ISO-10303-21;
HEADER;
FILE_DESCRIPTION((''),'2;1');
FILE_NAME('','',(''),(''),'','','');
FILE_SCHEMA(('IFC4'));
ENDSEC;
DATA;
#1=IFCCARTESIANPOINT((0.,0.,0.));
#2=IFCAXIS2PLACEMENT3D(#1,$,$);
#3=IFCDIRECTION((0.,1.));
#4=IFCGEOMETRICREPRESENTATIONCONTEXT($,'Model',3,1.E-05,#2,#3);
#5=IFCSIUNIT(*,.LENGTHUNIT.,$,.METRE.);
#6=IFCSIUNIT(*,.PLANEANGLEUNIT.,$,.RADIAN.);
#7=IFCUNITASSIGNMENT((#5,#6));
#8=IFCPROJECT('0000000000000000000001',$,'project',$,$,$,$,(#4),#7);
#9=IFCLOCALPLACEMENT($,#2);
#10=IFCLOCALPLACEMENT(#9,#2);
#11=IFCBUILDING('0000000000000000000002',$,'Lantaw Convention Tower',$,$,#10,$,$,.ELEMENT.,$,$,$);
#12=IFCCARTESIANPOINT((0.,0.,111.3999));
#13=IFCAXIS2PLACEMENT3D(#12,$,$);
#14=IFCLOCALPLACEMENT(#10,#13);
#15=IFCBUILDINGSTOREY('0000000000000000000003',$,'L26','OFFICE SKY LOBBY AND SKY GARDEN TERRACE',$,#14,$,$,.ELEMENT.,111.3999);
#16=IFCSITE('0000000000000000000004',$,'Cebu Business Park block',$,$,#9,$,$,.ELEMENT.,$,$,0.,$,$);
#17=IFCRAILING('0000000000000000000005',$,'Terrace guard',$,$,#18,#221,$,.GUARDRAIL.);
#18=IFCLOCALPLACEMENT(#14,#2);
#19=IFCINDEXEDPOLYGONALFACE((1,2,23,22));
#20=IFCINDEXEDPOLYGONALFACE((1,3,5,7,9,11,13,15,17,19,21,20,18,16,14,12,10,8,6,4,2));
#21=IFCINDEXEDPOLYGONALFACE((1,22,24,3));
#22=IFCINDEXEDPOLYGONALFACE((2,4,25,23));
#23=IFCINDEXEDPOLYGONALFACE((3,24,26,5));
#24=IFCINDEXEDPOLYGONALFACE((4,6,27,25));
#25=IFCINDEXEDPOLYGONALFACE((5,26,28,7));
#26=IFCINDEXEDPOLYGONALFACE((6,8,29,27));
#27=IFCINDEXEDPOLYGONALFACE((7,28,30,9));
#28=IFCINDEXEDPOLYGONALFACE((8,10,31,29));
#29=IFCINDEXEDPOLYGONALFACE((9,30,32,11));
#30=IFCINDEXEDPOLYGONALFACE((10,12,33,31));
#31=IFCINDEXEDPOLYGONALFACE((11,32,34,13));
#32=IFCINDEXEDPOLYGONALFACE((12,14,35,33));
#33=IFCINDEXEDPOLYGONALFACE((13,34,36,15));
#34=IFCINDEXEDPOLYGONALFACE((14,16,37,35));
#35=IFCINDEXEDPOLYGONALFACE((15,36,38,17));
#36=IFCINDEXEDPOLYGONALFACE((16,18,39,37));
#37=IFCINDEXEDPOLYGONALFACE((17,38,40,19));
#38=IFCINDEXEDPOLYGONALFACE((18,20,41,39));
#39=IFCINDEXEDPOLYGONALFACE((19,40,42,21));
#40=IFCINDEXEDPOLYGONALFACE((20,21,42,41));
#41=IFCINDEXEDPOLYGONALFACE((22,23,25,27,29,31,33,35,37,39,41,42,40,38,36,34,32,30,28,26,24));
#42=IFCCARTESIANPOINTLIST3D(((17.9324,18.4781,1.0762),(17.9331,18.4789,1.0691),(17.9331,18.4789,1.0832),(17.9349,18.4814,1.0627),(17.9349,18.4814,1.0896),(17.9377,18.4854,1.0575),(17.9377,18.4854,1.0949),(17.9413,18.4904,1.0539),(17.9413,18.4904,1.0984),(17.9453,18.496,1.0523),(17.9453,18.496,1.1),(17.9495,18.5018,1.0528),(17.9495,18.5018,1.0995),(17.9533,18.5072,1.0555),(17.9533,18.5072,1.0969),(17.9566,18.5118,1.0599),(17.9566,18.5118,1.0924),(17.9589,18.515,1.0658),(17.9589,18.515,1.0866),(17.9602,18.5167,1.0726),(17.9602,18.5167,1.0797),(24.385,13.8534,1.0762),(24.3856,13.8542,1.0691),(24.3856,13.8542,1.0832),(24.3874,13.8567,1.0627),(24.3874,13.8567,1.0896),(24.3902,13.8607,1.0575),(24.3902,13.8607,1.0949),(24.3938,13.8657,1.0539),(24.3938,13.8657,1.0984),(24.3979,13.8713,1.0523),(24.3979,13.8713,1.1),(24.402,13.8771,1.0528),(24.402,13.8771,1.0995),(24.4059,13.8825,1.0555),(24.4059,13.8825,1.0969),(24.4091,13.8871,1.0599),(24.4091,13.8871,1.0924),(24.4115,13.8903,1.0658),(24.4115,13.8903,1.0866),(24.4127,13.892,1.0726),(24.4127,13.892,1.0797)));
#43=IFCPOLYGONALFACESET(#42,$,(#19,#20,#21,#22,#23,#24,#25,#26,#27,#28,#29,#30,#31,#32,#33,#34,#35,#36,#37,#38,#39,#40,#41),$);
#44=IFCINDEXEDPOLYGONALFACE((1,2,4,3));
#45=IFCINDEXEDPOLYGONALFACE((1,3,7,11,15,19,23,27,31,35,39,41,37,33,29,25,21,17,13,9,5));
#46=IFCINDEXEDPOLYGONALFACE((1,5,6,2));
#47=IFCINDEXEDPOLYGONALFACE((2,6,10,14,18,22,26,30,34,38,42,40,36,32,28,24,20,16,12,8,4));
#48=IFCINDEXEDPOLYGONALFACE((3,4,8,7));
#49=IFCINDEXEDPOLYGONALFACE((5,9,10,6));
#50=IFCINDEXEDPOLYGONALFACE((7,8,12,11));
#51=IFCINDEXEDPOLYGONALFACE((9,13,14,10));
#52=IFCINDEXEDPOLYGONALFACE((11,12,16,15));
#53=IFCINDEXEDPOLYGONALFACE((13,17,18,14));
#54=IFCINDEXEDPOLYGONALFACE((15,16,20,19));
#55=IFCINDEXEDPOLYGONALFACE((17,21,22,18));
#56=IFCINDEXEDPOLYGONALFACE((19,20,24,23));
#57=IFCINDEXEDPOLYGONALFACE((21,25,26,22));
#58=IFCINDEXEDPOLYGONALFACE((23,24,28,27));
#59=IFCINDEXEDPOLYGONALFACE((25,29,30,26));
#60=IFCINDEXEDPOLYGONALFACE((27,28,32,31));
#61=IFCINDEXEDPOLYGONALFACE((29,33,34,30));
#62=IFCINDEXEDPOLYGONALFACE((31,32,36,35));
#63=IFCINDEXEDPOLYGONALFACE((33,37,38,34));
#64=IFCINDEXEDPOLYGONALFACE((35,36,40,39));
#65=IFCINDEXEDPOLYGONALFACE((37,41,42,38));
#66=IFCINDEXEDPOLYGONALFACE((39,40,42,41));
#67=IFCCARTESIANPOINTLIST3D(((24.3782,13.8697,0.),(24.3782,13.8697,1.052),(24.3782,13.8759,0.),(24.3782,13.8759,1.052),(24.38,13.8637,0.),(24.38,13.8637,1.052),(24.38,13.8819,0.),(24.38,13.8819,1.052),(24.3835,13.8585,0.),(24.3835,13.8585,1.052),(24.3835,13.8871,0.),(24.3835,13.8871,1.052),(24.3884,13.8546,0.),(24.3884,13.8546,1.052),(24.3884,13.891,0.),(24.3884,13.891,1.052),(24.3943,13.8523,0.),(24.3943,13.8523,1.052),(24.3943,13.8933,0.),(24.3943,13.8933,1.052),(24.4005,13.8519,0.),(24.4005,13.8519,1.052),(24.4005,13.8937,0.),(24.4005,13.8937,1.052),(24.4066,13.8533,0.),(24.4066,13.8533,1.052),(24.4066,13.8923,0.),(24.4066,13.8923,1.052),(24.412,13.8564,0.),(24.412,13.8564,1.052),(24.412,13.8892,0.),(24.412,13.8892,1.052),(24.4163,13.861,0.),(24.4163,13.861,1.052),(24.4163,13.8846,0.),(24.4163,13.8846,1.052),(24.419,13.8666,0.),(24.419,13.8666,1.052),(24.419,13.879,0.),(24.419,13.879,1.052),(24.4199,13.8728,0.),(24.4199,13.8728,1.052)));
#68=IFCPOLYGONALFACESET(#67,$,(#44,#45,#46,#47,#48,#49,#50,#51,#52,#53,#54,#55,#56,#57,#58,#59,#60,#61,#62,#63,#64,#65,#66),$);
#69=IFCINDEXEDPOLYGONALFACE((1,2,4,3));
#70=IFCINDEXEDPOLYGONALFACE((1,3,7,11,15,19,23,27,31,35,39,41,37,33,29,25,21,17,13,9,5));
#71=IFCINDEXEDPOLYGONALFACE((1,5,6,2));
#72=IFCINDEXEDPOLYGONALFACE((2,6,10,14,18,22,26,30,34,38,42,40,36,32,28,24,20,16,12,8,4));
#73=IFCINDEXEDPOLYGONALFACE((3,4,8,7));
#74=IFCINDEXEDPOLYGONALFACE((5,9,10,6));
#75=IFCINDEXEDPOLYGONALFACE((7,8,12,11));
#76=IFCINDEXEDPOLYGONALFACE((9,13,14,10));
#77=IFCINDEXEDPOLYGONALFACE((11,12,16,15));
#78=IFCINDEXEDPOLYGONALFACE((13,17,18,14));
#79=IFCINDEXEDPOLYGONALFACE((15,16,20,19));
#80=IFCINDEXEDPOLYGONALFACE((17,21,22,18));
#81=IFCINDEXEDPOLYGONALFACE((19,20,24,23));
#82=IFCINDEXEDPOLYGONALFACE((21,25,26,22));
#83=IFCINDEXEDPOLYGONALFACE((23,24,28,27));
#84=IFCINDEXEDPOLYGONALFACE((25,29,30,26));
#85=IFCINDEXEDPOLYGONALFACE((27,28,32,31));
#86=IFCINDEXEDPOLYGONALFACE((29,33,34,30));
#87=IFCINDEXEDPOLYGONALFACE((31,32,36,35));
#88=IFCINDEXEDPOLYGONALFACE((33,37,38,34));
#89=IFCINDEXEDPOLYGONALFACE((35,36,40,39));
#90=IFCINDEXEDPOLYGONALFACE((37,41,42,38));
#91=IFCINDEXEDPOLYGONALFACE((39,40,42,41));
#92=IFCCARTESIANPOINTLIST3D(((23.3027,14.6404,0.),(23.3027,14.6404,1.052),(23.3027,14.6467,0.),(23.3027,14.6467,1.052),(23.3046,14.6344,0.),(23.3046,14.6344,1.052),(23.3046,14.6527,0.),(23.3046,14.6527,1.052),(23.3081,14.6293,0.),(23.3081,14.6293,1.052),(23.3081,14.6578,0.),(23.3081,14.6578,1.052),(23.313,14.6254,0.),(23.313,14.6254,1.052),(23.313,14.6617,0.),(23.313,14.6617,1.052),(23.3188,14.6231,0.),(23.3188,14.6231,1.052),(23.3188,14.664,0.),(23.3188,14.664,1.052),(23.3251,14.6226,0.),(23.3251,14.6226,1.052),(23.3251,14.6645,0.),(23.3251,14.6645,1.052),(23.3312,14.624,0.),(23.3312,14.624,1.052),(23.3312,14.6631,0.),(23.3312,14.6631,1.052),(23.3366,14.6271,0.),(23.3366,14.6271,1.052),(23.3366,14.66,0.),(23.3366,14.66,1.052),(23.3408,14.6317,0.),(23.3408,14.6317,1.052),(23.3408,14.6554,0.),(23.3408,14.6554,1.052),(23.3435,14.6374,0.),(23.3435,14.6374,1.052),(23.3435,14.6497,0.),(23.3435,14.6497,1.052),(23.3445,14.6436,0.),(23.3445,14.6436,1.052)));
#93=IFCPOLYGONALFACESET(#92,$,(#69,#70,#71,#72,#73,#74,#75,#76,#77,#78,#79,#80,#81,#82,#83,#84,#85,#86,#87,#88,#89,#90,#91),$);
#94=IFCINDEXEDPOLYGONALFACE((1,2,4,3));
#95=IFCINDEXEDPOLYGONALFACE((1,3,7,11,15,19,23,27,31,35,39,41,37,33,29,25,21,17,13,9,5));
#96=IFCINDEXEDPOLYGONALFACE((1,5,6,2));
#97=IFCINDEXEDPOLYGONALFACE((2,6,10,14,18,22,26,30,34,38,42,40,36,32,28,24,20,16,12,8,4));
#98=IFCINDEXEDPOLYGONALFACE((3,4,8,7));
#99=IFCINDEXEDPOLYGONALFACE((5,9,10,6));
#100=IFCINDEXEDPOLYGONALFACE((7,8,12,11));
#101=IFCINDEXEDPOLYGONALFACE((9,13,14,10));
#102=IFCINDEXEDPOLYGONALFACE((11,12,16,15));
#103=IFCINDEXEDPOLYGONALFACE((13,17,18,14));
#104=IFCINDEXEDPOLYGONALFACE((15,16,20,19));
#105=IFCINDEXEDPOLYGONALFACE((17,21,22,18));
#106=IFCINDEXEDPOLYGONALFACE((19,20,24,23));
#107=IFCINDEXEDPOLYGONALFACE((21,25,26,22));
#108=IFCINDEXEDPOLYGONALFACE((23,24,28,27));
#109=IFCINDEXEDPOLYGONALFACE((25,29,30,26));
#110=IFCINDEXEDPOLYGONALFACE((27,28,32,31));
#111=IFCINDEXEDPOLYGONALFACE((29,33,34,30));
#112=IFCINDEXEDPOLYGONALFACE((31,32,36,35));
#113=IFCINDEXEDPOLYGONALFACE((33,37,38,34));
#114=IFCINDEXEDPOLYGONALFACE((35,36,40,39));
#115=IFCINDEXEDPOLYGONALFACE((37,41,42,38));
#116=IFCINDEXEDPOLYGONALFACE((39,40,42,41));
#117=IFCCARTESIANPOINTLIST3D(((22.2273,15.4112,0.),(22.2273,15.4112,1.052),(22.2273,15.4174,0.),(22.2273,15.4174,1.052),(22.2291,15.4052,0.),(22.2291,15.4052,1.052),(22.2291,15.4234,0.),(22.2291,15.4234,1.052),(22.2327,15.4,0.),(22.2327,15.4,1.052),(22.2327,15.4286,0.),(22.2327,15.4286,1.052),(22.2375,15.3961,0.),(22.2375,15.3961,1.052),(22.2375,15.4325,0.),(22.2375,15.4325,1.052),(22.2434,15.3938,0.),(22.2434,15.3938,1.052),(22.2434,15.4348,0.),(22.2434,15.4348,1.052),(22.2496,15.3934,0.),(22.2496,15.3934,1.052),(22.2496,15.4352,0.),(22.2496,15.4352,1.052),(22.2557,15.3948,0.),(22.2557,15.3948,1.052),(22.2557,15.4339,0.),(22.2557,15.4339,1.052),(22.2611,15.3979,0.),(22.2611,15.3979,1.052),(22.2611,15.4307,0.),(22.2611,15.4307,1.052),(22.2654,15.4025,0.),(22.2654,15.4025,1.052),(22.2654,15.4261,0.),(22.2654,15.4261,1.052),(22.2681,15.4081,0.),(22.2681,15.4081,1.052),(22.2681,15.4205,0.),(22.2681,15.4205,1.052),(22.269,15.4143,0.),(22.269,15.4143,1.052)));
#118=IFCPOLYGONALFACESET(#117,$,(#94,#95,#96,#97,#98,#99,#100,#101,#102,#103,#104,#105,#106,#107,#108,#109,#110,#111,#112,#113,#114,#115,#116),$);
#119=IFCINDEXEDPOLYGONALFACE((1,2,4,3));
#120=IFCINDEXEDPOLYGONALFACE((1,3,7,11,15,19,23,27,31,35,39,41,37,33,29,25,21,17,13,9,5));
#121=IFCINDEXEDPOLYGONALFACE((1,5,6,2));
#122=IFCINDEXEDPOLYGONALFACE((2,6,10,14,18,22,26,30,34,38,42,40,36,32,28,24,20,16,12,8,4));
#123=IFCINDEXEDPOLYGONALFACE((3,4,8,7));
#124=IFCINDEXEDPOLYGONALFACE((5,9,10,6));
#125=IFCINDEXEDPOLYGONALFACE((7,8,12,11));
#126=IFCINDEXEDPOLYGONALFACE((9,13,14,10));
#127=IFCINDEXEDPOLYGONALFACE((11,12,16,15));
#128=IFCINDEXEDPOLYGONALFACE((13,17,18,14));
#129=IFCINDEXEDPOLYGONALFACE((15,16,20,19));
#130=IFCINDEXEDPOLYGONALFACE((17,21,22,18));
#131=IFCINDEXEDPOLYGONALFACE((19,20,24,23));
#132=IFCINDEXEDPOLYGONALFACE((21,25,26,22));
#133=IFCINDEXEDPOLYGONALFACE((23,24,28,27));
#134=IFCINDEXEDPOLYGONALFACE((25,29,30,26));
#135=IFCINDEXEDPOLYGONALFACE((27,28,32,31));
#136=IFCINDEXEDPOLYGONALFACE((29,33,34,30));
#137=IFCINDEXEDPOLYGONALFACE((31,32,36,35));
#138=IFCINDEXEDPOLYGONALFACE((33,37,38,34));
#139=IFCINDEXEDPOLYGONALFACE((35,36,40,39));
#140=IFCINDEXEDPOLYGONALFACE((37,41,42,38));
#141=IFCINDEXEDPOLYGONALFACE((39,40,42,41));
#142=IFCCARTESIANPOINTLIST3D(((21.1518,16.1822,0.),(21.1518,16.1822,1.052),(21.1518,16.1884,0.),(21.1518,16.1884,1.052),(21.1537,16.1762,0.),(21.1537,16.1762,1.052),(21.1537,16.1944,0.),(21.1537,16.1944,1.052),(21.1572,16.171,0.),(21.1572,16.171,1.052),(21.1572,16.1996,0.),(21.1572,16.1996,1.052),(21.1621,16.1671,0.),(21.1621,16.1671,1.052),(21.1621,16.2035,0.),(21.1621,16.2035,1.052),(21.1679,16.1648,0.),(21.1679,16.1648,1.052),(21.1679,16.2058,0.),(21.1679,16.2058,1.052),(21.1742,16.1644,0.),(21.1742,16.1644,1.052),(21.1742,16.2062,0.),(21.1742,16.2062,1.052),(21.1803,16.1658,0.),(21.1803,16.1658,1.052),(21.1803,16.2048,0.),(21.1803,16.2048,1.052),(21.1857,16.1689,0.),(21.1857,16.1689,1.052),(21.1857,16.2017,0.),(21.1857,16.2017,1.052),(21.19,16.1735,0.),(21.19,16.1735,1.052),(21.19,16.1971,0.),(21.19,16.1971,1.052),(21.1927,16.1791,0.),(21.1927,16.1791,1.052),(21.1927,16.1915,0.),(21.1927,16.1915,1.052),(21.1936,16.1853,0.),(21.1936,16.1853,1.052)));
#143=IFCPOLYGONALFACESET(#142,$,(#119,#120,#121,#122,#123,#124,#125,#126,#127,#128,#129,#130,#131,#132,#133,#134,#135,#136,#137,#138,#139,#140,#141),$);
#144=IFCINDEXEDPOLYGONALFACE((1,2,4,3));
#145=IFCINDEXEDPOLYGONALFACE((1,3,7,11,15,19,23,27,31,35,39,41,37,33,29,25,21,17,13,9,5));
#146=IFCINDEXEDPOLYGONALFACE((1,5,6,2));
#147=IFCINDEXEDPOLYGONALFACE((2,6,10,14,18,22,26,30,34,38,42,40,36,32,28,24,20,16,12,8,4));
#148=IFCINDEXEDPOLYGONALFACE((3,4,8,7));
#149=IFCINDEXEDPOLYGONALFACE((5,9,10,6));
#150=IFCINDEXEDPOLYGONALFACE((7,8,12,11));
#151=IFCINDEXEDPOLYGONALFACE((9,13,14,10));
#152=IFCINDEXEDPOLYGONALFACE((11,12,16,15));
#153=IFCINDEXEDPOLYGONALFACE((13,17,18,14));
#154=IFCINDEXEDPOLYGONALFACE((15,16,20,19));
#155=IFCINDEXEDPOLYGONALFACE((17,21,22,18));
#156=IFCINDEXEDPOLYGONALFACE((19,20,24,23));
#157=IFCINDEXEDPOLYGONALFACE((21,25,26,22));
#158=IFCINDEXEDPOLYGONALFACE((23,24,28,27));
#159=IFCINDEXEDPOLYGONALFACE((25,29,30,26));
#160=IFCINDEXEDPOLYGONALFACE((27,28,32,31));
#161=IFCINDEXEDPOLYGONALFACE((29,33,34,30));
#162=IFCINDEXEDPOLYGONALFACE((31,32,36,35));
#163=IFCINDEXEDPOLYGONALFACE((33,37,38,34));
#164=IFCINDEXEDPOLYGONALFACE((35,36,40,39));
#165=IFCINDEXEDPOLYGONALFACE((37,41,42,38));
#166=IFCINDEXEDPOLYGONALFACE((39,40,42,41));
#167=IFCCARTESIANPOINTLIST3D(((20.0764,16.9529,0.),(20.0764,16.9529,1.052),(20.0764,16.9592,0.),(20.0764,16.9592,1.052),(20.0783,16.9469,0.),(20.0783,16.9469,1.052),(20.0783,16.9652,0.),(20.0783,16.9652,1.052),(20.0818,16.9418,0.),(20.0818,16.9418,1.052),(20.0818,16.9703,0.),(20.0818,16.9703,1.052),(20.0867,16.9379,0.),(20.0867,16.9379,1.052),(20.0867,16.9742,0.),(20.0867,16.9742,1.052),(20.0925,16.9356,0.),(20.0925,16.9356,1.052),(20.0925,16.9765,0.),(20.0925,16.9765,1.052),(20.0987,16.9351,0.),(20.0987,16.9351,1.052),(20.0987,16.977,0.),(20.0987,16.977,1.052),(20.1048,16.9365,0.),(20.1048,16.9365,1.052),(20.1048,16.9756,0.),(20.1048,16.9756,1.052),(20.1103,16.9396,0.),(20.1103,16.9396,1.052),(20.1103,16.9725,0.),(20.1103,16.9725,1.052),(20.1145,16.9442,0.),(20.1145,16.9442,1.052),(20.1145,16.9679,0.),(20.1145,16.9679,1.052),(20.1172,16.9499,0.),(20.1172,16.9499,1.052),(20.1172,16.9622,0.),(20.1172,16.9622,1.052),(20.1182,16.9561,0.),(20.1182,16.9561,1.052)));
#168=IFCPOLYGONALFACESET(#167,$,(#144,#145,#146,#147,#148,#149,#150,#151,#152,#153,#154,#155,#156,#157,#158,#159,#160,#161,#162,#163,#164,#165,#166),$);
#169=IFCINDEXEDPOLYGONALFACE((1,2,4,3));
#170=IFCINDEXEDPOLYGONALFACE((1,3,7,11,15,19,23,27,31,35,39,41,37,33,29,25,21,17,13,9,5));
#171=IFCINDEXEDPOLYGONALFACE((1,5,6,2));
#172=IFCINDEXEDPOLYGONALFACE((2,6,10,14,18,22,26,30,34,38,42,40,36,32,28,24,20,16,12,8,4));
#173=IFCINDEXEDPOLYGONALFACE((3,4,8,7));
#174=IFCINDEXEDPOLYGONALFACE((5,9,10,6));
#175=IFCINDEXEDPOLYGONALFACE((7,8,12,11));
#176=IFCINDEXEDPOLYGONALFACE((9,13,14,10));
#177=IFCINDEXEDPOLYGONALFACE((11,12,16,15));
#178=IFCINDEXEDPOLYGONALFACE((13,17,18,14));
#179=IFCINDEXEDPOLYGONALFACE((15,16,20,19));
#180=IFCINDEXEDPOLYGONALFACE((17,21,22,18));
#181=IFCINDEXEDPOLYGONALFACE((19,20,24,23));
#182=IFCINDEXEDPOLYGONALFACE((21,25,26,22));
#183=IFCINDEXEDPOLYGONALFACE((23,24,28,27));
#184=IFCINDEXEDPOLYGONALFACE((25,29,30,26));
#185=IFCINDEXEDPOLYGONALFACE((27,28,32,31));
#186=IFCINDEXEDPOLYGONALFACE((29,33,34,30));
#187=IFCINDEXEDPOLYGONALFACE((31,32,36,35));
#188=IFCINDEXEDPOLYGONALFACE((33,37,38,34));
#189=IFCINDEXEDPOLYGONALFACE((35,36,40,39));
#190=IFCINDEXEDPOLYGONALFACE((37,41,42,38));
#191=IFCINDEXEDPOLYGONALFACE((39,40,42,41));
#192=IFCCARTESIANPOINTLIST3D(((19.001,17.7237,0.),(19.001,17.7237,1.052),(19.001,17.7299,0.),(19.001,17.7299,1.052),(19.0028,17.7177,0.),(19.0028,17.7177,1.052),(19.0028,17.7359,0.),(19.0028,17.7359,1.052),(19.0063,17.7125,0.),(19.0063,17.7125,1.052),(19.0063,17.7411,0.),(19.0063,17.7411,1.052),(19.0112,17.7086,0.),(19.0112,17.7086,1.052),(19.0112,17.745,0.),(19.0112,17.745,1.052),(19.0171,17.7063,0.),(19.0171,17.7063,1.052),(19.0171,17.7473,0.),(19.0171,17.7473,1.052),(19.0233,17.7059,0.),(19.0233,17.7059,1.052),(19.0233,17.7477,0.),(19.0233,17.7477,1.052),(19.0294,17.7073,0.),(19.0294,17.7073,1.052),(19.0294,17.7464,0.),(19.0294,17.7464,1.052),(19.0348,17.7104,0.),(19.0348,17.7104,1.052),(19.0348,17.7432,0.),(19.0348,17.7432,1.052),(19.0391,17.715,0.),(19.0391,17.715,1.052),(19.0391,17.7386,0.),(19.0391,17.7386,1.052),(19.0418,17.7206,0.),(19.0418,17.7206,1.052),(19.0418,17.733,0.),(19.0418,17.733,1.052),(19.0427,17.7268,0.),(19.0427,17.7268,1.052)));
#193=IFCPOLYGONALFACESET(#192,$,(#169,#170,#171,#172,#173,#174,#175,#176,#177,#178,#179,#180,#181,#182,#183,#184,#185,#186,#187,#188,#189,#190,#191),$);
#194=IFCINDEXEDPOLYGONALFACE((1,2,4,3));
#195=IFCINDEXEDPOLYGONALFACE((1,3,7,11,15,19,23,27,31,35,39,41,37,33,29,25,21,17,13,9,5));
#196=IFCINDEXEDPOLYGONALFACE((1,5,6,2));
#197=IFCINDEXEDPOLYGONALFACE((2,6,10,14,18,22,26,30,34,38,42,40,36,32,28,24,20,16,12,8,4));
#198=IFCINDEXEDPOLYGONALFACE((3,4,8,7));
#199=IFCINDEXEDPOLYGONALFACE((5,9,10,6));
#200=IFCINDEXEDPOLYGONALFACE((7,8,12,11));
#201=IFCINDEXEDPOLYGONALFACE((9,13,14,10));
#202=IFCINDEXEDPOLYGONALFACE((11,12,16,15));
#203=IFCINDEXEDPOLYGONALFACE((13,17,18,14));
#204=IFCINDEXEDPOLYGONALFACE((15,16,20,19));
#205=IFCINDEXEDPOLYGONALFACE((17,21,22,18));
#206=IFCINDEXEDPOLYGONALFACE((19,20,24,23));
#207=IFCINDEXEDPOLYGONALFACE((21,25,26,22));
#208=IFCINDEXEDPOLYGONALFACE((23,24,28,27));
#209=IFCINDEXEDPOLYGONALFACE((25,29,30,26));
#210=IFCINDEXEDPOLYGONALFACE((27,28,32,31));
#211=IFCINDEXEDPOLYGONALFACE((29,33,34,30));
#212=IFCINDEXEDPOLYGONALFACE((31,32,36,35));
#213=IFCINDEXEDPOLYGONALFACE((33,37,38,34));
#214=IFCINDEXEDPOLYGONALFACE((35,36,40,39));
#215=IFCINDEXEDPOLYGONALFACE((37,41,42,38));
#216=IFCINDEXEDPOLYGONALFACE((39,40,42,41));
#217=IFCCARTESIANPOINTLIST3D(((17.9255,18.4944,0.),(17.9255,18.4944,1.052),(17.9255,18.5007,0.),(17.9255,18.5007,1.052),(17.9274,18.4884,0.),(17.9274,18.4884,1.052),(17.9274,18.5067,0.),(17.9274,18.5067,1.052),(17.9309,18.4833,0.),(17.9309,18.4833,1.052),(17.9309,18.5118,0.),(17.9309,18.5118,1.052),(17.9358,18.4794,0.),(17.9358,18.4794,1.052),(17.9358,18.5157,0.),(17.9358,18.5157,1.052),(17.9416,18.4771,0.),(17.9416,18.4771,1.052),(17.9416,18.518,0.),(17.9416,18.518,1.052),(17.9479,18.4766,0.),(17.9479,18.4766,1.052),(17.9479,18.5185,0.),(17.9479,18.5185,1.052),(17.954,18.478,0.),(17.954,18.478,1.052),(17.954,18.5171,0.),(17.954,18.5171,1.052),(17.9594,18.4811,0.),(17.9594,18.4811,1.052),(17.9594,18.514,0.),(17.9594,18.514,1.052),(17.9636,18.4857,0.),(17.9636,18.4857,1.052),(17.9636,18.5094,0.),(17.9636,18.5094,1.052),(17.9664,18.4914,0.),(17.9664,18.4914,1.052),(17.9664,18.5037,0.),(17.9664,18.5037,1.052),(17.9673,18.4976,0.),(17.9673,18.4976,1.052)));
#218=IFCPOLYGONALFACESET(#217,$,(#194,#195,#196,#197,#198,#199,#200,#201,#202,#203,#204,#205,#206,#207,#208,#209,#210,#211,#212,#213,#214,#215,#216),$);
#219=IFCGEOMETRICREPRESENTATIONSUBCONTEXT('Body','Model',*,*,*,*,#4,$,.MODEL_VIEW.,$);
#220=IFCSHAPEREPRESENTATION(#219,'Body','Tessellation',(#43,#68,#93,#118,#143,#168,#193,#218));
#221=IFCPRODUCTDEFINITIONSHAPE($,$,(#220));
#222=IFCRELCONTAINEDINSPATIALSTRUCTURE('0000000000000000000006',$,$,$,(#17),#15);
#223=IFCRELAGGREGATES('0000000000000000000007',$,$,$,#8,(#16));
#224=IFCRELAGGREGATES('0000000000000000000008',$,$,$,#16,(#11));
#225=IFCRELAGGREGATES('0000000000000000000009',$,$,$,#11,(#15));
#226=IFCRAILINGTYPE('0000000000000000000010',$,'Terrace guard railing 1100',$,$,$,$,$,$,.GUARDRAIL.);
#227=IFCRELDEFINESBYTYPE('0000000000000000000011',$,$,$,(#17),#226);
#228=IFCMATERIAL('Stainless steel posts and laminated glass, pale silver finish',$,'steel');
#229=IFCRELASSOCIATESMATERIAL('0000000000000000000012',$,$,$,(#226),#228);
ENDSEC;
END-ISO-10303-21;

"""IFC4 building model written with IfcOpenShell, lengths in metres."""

from ifc_helpers import new_model, si_unit, direction, frame, origin, origin_2d, place, context, subcontext, project, spatial, circle, extrude, material, type_object, element, save


model = new_model("IFC4")

# Units and contexts
model_context = context("Model", 3, precision=1e-05, world=origin(), true_north=direction((0.0, 1.0)))
body_context = subcontext(model_context, "Body", "Model", "MODEL_VIEW")
ifc_project = project(units=[si_unit("LENGTHUNIT", "METRE"), si_unit("PLANEANGLEUNIT", "RADIAN")], contexts=[model_context])

# Site, building, storey
site_placement = place(None, origin())
site = spatial("IfcSite", under=ifc_project, at=site_placement, Name="Cebu Business Park block", CompositionType="ELEMENT", RefElevation=0.0)
building_placement = place(site_placement, origin())
building = spatial("IfcBuilding", under=site, at=building_placement, Name="Lantaw Convention Tower", CompositionType="ELEMENT")
storey_placement = place(building_placement, frame((0.0, 0.0, 111.3999)))
storey = spatial("IfcBuildingStorey", under=building, at=storey_placement, Name="L26", Description="OFFICE SKY LOBBY AND SKY GARDEN TERRACE", CompositionType="ELEMENT", Elevation=111.3999)

# Railing
ifc_material_1 = material(Name="Stainless steel posts and laminated glass, pale silver finish", Category="steel")
railing_type = type_object("IfcRailingType", Name="Terrace guard railing 1100", PredefinedType="GUARDRAIL", material=ifc_material_1)
railing_placement = place(storey_placement, frame((24.3989, 13.8728, 0.0)))
element("IfcRailing", 1, at=railing_placement, inside=storey, type_object=railing_type, Name="Terrace guard", PredefinedType="GUARDRAIL", context=body_context, shape_type="SweptSolid", body=[
    extrude(circle(Radius=0.0239, at=origin_2d()), frame((0.0, 0.0, 1.0762), z_axis=(-0.812795, 0.582549, 0.0), x_axis=(-0.582549, -0.812795, 0.0)), (0.0, 0.0, 1.0), 7.9387),
    extrude(circle(Radius=0.021, at=origin_2d()), origin(), (0.0, 0.0, 1.0), 1.052),
    extrude(circle(Radius=0.021, at=origin_2d()), frame((-1.0754, 0.7708, 0.0)), (0.0, 0.0, 1.0), 1.052),
    extrude(circle(Radius=0.021, at=origin_2d()), frame((-2.1509, 1.5415, 0.0)), (0.0, 0.0, 1.0), 1.052),
    extrude(circle(Radius=0.021, at=origin_2d()), frame((-3.2263, 2.3125, 0.0)), (0.0, 0.0, 1.0), 1.052),
    extrude(circle(Radius=0.021, at=origin_2d()), frame((-4.3018, 3.0833, 0.0)), (0.0, 0.0, 1.0), 1.052),
    extrude(circle(Radius=0.021, at=origin_2d()), frame((-5.3772, 3.854, 0.0)), (0.0, 0.0, 1.0), 1.052),
    extrude(circle(Radius=0.021, at=origin_2d()), frame((-6.4526, 4.6248, 0.0)), (0.0, 0.0, 1.0), 1.052),
])

save(model, "model.ifc")
